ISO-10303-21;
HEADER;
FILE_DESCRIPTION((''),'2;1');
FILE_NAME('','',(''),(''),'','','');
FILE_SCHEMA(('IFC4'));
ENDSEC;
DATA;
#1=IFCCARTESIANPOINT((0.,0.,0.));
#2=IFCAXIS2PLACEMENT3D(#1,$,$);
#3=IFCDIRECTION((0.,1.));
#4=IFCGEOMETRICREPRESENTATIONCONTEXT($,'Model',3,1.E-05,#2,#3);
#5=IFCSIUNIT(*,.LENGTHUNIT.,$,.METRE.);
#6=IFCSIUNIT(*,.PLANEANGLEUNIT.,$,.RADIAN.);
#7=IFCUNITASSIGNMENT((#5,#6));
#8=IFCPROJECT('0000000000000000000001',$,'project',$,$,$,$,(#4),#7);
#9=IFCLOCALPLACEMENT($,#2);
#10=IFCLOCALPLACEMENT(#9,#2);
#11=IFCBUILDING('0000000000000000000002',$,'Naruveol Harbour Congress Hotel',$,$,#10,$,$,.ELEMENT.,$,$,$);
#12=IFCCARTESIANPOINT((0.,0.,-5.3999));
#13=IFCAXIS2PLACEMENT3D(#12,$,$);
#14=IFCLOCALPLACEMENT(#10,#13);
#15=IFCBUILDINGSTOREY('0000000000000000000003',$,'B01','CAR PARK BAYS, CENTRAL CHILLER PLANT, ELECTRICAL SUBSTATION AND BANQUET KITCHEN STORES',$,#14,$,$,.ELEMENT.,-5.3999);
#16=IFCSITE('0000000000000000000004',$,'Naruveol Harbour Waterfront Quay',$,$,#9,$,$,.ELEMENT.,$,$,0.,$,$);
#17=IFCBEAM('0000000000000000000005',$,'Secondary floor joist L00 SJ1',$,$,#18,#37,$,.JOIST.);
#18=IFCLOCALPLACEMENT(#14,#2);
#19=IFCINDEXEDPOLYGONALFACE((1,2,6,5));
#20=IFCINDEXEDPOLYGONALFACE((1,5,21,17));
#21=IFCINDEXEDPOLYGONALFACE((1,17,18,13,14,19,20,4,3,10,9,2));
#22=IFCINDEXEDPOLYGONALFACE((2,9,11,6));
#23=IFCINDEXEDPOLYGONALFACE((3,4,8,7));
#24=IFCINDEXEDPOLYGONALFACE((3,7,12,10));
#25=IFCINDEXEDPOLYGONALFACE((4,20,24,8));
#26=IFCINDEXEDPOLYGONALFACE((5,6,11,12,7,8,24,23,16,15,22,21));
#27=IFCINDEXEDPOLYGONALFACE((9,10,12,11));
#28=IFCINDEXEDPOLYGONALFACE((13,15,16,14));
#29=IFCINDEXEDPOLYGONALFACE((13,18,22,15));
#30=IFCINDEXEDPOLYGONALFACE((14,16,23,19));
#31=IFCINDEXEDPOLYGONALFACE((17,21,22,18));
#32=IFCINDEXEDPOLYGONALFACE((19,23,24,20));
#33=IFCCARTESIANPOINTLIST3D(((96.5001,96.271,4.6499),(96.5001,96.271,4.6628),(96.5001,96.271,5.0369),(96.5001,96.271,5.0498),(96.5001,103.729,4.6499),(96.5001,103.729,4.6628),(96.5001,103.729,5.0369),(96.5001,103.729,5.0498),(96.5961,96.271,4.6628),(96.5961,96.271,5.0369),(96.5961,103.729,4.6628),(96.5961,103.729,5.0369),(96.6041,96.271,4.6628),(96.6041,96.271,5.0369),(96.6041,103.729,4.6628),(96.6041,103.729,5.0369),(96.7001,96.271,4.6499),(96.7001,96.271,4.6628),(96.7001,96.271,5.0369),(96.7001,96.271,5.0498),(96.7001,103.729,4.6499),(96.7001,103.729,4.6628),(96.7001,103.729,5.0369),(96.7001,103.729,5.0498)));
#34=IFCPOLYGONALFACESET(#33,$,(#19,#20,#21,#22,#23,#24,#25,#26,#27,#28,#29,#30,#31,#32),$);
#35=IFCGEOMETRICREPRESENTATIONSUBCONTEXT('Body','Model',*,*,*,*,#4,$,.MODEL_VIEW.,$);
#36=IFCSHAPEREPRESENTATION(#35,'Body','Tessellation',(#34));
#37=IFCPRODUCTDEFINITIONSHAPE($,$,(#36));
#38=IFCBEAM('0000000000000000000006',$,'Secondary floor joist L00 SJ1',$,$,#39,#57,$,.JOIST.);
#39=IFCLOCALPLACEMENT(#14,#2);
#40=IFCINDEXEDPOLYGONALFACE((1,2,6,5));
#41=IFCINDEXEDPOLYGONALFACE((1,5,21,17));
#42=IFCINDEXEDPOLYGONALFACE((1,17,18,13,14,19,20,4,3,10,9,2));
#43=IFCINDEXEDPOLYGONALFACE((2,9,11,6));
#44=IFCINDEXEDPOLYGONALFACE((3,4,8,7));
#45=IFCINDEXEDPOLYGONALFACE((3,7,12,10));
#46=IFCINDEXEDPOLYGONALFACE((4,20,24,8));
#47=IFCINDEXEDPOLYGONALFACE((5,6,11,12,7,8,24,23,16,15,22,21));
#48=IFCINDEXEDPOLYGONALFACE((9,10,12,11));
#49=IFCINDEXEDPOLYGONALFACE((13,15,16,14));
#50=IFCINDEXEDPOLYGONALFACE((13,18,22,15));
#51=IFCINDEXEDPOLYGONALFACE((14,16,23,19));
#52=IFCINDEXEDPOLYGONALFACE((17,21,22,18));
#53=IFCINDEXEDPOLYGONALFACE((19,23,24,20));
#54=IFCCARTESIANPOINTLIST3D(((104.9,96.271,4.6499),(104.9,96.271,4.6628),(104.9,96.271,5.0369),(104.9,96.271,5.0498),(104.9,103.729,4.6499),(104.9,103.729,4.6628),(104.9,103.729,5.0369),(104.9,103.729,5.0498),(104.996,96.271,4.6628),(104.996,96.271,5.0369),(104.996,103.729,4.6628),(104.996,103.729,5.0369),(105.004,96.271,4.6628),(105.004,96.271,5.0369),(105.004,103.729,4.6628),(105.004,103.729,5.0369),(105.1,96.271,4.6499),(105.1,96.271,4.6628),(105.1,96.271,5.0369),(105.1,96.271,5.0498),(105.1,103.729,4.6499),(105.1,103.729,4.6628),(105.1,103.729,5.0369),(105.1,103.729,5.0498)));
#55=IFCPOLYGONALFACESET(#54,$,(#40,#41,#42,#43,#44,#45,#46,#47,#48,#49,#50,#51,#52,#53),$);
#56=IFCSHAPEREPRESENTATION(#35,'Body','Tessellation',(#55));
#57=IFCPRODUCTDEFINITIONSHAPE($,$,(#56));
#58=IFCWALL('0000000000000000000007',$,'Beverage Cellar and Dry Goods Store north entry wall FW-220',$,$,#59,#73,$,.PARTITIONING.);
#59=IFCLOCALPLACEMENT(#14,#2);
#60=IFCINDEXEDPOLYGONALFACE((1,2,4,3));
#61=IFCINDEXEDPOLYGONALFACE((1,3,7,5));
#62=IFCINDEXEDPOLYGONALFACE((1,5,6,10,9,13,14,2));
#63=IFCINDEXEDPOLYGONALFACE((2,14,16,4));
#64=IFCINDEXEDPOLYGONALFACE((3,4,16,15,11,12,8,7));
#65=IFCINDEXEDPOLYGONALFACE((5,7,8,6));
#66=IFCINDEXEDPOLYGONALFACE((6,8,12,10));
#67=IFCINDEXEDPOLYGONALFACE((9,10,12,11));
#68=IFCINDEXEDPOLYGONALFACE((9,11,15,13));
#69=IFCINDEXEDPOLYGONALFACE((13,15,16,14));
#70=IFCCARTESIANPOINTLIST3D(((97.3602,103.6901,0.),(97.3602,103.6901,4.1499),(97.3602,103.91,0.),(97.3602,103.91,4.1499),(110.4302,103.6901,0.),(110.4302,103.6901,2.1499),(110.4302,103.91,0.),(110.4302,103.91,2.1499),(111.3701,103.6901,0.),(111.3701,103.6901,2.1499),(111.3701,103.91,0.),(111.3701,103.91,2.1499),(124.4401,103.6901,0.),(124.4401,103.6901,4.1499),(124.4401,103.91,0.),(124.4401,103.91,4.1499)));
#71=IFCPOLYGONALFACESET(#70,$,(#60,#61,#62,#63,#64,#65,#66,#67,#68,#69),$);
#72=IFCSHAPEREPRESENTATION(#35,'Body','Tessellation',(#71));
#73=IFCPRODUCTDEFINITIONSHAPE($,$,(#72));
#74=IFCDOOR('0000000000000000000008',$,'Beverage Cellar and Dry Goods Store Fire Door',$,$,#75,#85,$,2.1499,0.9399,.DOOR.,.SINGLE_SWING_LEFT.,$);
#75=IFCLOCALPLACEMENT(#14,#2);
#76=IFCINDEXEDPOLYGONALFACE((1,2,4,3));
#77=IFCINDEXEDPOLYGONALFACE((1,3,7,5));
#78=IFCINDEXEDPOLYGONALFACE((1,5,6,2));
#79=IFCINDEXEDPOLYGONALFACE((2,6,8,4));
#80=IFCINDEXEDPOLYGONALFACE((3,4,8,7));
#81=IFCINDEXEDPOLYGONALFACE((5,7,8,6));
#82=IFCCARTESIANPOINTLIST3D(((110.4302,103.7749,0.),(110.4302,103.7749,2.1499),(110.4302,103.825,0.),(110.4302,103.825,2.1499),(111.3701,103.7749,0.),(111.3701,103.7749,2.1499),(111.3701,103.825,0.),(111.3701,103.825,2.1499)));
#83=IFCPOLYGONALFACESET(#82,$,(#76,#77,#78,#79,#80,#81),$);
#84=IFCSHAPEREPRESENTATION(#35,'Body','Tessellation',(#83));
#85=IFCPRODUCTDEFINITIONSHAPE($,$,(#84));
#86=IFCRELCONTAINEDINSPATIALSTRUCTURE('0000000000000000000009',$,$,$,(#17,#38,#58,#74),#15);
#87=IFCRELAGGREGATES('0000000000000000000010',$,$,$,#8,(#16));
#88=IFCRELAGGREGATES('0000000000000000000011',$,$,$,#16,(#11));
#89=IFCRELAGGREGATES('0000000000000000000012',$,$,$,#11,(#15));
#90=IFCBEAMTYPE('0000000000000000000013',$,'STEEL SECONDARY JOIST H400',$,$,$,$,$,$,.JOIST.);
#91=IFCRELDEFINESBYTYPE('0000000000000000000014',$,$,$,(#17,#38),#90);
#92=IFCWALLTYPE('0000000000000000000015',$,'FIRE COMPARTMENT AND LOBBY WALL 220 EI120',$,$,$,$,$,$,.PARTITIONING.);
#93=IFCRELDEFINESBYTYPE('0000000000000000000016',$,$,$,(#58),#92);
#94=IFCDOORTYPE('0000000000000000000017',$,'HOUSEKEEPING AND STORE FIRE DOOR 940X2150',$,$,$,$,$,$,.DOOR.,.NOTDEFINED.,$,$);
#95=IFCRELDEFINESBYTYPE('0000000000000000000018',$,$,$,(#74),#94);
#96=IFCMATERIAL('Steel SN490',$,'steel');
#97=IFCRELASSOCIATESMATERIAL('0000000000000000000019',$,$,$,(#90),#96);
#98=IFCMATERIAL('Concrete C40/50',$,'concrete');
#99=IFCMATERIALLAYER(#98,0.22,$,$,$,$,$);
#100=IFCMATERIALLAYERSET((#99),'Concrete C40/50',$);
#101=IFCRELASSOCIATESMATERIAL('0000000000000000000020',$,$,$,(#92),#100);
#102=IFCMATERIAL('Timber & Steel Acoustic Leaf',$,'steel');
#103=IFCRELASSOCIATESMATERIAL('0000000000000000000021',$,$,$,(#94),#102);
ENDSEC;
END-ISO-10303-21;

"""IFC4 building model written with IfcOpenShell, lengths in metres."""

from ifc_helpers import new_model, si_unit, direction, frame, frame_2d, origin, origin_2d, place, context, subcontext, project, spatial, rectangle, i_section, extrude, material, layer, layer_set, material_profile, profile_set, type_object, element, fill, save


model = new_model("IFC4")

# Units and contexts
model_context = context("Model", 3, precision=1e-05, world=origin(), true_north=direction((0.0, 1.0)))
body_context = subcontext(model_context, "Body", "Model", "MODEL_VIEW")
ifc_project = project(units=[si_unit("LENGTHUNIT", "METRE"), si_unit("PLANEANGLEUNIT", "RADIAN")], contexts=[model_context])

# Site, building, storey
site_placement = place(None, origin())
site = spatial("IfcSite", under=ifc_project, at=site_placement, Name="Naruveol Harbour Waterfront Quay", CompositionType="ELEMENT", RefElevation=0.0)
building_placement = place(site_placement, origin())
building = spatial("IfcBuilding", under=site, at=building_placement, Name="Naruveol Harbour Congress Hotel", CompositionType="ELEMENT")
storey_placement = place(building_placement, frame((0.0, 0.0, -5.3999)))
storey = spatial("IfcBuildingStorey", under=building, at=storey_placement, Name="B01", Description="CAR PARK BAYS, CENTRAL CHILLER PLANT, ELECTRICAL SUBSTATION AND BANQUET KITCHEN STORES", CompositionType="ELEMENT", Elevation=-5.3999)

# Beams
ifc_material_1 = material(Name="Steel SN490", Category="steel")
ifc_material_profile_1 = material_profile(ifc_material_1, i_section(OverallWidth=0.2, OverallDepth=0.3999, WebThickness=0.0081, FlangeThickness=0.0129, at=origin_2d()), Name="H-400x200x8x13")
ifc_profile_set_1 = profile_set([ifc_material_profile_1], Name="Steel SN490")
beam_type_1 = type_object("IfcBeamType", Name="STEEL SECONDARY JOIST H400", PredefinedType="JOIST", material=ifc_profile_set_1)
for number, where, z_axis, x_axis, name in (
    (1, (96.6001, 96.271, 4.8499), (0.0, 1.0, 0.0), (-1.0, 0.0, 0.0), "Secondary floor joist L00 SJ1"),
    (2, (105.0, 96.271, 4.8499), (0.0, 1.0, 0.0), (-1.0, 0.0, 0.0), "Secondary floor joist L00 SJ1"),
):
    element("IfcBeam", number, at=place(storey_placement, frame(where, z_axis=z_axis, x_axis=x_axis)), inside=storey, type_object=beam_type_1, Name=name, PredefinedType="JOIST", context=body_context, shape_type="SweptSolid", body=[
        extrude(i_section(OverallWidth=0.2, OverallDepth=0.3999, WebThickness=0.0081, FlangeThickness=0.0129, at=origin_2d()), origin(), (0.0, 0.0, 1.0), 7.458),
    ])

# Wall, opening, door
ifc_material_2 = material(Name="Concrete C40/50", Category="concrete")
ifc_layer = layer(ifc_material_2, 0.22)
ifc_layer_set = layer_set([ifc_layer], Name="Concrete C40/50")
wall_type = type_object("IfcWallType", Name="FIRE COMPARTMENT AND LOBBY WALL 220 EI120", PredefinedType="PARTITIONING", material=ifc_layer_set)
wall_placement = place(storey_placement, frame((97.3601, 103.8, 0.0), z_axis=(0.0, 0.0, 1.0), x_axis=(1.0, 0.0, 0.0)))
wall = element("IfcWall", 3, at=wall_placement, inside=storey, type_object=wall_type, Name="Beverage Cellar and Dry Goods Store north entry wall FW-220", PredefinedType="PARTITIONING", context=body_context, shape_type="SweptSolid", body=[
    extrude(rectangle(XDim=27.0798, YDim=0.22, at=frame_2d((13.54, 0.0))), origin(), (0.0, 0.0, 1.0), 4.1499),
])
opening_placement = place(wall_placement, frame((13.0701, 0.0, 0.0)))
opening = element("IfcOpeningElement", 4, at=opening_placement, cuts=wall, PredefinedType="OPENING", context=body_context, shape_type="SweptSolid", body=[
    extrude(rectangle(XDim=0.9399, YDim=2.1499, at=frame_2d((0.47, 1.075))), frame((0.0, 0.1199, 0.0), z_axis=(0.0, -1.0, 0.0), x_axis=(1.0, 0.0, 0.0)), (0.0, 0.0, 1.0), 0.24),
])
ifc_material_3 = material(Name="Timber & Steel Acoustic Leaf", Category="steel")
door_type = type_object("IfcDoorType", Name="HOUSEKEEPING AND STORE FIRE DOOR 940X2150", OperationType="NOTDEFINED", PredefinedType="DOOR", material=ifc_material_3)
door_placement = place(opening_placement, origin())
door = element("IfcDoor", 5, at=door_placement, inside=storey, type_object=door_type, Name="Beverage Cellar and Dry Goods Store Fire Door", OperationType="SINGLE_SWING_LEFT", OverallHeight=2.1499, OverallWidth=0.9399, PredefinedType="DOOR", context=body_context, shape_type="SweptSolid", body=[
    extrude(rectangle(XDim=0.9399, YDim=2.1499, at=frame_2d((0.47, 1.075))), frame((0.0, 0.0249, 0.0), z_axis=(0.0, -1.0, 0.0), x_axis=(1.0, 0.0, 0.0)), (0.0, 0.0, 1.0), 0.05),
])
fill(opening, door)

save(model, "model.ifc")
